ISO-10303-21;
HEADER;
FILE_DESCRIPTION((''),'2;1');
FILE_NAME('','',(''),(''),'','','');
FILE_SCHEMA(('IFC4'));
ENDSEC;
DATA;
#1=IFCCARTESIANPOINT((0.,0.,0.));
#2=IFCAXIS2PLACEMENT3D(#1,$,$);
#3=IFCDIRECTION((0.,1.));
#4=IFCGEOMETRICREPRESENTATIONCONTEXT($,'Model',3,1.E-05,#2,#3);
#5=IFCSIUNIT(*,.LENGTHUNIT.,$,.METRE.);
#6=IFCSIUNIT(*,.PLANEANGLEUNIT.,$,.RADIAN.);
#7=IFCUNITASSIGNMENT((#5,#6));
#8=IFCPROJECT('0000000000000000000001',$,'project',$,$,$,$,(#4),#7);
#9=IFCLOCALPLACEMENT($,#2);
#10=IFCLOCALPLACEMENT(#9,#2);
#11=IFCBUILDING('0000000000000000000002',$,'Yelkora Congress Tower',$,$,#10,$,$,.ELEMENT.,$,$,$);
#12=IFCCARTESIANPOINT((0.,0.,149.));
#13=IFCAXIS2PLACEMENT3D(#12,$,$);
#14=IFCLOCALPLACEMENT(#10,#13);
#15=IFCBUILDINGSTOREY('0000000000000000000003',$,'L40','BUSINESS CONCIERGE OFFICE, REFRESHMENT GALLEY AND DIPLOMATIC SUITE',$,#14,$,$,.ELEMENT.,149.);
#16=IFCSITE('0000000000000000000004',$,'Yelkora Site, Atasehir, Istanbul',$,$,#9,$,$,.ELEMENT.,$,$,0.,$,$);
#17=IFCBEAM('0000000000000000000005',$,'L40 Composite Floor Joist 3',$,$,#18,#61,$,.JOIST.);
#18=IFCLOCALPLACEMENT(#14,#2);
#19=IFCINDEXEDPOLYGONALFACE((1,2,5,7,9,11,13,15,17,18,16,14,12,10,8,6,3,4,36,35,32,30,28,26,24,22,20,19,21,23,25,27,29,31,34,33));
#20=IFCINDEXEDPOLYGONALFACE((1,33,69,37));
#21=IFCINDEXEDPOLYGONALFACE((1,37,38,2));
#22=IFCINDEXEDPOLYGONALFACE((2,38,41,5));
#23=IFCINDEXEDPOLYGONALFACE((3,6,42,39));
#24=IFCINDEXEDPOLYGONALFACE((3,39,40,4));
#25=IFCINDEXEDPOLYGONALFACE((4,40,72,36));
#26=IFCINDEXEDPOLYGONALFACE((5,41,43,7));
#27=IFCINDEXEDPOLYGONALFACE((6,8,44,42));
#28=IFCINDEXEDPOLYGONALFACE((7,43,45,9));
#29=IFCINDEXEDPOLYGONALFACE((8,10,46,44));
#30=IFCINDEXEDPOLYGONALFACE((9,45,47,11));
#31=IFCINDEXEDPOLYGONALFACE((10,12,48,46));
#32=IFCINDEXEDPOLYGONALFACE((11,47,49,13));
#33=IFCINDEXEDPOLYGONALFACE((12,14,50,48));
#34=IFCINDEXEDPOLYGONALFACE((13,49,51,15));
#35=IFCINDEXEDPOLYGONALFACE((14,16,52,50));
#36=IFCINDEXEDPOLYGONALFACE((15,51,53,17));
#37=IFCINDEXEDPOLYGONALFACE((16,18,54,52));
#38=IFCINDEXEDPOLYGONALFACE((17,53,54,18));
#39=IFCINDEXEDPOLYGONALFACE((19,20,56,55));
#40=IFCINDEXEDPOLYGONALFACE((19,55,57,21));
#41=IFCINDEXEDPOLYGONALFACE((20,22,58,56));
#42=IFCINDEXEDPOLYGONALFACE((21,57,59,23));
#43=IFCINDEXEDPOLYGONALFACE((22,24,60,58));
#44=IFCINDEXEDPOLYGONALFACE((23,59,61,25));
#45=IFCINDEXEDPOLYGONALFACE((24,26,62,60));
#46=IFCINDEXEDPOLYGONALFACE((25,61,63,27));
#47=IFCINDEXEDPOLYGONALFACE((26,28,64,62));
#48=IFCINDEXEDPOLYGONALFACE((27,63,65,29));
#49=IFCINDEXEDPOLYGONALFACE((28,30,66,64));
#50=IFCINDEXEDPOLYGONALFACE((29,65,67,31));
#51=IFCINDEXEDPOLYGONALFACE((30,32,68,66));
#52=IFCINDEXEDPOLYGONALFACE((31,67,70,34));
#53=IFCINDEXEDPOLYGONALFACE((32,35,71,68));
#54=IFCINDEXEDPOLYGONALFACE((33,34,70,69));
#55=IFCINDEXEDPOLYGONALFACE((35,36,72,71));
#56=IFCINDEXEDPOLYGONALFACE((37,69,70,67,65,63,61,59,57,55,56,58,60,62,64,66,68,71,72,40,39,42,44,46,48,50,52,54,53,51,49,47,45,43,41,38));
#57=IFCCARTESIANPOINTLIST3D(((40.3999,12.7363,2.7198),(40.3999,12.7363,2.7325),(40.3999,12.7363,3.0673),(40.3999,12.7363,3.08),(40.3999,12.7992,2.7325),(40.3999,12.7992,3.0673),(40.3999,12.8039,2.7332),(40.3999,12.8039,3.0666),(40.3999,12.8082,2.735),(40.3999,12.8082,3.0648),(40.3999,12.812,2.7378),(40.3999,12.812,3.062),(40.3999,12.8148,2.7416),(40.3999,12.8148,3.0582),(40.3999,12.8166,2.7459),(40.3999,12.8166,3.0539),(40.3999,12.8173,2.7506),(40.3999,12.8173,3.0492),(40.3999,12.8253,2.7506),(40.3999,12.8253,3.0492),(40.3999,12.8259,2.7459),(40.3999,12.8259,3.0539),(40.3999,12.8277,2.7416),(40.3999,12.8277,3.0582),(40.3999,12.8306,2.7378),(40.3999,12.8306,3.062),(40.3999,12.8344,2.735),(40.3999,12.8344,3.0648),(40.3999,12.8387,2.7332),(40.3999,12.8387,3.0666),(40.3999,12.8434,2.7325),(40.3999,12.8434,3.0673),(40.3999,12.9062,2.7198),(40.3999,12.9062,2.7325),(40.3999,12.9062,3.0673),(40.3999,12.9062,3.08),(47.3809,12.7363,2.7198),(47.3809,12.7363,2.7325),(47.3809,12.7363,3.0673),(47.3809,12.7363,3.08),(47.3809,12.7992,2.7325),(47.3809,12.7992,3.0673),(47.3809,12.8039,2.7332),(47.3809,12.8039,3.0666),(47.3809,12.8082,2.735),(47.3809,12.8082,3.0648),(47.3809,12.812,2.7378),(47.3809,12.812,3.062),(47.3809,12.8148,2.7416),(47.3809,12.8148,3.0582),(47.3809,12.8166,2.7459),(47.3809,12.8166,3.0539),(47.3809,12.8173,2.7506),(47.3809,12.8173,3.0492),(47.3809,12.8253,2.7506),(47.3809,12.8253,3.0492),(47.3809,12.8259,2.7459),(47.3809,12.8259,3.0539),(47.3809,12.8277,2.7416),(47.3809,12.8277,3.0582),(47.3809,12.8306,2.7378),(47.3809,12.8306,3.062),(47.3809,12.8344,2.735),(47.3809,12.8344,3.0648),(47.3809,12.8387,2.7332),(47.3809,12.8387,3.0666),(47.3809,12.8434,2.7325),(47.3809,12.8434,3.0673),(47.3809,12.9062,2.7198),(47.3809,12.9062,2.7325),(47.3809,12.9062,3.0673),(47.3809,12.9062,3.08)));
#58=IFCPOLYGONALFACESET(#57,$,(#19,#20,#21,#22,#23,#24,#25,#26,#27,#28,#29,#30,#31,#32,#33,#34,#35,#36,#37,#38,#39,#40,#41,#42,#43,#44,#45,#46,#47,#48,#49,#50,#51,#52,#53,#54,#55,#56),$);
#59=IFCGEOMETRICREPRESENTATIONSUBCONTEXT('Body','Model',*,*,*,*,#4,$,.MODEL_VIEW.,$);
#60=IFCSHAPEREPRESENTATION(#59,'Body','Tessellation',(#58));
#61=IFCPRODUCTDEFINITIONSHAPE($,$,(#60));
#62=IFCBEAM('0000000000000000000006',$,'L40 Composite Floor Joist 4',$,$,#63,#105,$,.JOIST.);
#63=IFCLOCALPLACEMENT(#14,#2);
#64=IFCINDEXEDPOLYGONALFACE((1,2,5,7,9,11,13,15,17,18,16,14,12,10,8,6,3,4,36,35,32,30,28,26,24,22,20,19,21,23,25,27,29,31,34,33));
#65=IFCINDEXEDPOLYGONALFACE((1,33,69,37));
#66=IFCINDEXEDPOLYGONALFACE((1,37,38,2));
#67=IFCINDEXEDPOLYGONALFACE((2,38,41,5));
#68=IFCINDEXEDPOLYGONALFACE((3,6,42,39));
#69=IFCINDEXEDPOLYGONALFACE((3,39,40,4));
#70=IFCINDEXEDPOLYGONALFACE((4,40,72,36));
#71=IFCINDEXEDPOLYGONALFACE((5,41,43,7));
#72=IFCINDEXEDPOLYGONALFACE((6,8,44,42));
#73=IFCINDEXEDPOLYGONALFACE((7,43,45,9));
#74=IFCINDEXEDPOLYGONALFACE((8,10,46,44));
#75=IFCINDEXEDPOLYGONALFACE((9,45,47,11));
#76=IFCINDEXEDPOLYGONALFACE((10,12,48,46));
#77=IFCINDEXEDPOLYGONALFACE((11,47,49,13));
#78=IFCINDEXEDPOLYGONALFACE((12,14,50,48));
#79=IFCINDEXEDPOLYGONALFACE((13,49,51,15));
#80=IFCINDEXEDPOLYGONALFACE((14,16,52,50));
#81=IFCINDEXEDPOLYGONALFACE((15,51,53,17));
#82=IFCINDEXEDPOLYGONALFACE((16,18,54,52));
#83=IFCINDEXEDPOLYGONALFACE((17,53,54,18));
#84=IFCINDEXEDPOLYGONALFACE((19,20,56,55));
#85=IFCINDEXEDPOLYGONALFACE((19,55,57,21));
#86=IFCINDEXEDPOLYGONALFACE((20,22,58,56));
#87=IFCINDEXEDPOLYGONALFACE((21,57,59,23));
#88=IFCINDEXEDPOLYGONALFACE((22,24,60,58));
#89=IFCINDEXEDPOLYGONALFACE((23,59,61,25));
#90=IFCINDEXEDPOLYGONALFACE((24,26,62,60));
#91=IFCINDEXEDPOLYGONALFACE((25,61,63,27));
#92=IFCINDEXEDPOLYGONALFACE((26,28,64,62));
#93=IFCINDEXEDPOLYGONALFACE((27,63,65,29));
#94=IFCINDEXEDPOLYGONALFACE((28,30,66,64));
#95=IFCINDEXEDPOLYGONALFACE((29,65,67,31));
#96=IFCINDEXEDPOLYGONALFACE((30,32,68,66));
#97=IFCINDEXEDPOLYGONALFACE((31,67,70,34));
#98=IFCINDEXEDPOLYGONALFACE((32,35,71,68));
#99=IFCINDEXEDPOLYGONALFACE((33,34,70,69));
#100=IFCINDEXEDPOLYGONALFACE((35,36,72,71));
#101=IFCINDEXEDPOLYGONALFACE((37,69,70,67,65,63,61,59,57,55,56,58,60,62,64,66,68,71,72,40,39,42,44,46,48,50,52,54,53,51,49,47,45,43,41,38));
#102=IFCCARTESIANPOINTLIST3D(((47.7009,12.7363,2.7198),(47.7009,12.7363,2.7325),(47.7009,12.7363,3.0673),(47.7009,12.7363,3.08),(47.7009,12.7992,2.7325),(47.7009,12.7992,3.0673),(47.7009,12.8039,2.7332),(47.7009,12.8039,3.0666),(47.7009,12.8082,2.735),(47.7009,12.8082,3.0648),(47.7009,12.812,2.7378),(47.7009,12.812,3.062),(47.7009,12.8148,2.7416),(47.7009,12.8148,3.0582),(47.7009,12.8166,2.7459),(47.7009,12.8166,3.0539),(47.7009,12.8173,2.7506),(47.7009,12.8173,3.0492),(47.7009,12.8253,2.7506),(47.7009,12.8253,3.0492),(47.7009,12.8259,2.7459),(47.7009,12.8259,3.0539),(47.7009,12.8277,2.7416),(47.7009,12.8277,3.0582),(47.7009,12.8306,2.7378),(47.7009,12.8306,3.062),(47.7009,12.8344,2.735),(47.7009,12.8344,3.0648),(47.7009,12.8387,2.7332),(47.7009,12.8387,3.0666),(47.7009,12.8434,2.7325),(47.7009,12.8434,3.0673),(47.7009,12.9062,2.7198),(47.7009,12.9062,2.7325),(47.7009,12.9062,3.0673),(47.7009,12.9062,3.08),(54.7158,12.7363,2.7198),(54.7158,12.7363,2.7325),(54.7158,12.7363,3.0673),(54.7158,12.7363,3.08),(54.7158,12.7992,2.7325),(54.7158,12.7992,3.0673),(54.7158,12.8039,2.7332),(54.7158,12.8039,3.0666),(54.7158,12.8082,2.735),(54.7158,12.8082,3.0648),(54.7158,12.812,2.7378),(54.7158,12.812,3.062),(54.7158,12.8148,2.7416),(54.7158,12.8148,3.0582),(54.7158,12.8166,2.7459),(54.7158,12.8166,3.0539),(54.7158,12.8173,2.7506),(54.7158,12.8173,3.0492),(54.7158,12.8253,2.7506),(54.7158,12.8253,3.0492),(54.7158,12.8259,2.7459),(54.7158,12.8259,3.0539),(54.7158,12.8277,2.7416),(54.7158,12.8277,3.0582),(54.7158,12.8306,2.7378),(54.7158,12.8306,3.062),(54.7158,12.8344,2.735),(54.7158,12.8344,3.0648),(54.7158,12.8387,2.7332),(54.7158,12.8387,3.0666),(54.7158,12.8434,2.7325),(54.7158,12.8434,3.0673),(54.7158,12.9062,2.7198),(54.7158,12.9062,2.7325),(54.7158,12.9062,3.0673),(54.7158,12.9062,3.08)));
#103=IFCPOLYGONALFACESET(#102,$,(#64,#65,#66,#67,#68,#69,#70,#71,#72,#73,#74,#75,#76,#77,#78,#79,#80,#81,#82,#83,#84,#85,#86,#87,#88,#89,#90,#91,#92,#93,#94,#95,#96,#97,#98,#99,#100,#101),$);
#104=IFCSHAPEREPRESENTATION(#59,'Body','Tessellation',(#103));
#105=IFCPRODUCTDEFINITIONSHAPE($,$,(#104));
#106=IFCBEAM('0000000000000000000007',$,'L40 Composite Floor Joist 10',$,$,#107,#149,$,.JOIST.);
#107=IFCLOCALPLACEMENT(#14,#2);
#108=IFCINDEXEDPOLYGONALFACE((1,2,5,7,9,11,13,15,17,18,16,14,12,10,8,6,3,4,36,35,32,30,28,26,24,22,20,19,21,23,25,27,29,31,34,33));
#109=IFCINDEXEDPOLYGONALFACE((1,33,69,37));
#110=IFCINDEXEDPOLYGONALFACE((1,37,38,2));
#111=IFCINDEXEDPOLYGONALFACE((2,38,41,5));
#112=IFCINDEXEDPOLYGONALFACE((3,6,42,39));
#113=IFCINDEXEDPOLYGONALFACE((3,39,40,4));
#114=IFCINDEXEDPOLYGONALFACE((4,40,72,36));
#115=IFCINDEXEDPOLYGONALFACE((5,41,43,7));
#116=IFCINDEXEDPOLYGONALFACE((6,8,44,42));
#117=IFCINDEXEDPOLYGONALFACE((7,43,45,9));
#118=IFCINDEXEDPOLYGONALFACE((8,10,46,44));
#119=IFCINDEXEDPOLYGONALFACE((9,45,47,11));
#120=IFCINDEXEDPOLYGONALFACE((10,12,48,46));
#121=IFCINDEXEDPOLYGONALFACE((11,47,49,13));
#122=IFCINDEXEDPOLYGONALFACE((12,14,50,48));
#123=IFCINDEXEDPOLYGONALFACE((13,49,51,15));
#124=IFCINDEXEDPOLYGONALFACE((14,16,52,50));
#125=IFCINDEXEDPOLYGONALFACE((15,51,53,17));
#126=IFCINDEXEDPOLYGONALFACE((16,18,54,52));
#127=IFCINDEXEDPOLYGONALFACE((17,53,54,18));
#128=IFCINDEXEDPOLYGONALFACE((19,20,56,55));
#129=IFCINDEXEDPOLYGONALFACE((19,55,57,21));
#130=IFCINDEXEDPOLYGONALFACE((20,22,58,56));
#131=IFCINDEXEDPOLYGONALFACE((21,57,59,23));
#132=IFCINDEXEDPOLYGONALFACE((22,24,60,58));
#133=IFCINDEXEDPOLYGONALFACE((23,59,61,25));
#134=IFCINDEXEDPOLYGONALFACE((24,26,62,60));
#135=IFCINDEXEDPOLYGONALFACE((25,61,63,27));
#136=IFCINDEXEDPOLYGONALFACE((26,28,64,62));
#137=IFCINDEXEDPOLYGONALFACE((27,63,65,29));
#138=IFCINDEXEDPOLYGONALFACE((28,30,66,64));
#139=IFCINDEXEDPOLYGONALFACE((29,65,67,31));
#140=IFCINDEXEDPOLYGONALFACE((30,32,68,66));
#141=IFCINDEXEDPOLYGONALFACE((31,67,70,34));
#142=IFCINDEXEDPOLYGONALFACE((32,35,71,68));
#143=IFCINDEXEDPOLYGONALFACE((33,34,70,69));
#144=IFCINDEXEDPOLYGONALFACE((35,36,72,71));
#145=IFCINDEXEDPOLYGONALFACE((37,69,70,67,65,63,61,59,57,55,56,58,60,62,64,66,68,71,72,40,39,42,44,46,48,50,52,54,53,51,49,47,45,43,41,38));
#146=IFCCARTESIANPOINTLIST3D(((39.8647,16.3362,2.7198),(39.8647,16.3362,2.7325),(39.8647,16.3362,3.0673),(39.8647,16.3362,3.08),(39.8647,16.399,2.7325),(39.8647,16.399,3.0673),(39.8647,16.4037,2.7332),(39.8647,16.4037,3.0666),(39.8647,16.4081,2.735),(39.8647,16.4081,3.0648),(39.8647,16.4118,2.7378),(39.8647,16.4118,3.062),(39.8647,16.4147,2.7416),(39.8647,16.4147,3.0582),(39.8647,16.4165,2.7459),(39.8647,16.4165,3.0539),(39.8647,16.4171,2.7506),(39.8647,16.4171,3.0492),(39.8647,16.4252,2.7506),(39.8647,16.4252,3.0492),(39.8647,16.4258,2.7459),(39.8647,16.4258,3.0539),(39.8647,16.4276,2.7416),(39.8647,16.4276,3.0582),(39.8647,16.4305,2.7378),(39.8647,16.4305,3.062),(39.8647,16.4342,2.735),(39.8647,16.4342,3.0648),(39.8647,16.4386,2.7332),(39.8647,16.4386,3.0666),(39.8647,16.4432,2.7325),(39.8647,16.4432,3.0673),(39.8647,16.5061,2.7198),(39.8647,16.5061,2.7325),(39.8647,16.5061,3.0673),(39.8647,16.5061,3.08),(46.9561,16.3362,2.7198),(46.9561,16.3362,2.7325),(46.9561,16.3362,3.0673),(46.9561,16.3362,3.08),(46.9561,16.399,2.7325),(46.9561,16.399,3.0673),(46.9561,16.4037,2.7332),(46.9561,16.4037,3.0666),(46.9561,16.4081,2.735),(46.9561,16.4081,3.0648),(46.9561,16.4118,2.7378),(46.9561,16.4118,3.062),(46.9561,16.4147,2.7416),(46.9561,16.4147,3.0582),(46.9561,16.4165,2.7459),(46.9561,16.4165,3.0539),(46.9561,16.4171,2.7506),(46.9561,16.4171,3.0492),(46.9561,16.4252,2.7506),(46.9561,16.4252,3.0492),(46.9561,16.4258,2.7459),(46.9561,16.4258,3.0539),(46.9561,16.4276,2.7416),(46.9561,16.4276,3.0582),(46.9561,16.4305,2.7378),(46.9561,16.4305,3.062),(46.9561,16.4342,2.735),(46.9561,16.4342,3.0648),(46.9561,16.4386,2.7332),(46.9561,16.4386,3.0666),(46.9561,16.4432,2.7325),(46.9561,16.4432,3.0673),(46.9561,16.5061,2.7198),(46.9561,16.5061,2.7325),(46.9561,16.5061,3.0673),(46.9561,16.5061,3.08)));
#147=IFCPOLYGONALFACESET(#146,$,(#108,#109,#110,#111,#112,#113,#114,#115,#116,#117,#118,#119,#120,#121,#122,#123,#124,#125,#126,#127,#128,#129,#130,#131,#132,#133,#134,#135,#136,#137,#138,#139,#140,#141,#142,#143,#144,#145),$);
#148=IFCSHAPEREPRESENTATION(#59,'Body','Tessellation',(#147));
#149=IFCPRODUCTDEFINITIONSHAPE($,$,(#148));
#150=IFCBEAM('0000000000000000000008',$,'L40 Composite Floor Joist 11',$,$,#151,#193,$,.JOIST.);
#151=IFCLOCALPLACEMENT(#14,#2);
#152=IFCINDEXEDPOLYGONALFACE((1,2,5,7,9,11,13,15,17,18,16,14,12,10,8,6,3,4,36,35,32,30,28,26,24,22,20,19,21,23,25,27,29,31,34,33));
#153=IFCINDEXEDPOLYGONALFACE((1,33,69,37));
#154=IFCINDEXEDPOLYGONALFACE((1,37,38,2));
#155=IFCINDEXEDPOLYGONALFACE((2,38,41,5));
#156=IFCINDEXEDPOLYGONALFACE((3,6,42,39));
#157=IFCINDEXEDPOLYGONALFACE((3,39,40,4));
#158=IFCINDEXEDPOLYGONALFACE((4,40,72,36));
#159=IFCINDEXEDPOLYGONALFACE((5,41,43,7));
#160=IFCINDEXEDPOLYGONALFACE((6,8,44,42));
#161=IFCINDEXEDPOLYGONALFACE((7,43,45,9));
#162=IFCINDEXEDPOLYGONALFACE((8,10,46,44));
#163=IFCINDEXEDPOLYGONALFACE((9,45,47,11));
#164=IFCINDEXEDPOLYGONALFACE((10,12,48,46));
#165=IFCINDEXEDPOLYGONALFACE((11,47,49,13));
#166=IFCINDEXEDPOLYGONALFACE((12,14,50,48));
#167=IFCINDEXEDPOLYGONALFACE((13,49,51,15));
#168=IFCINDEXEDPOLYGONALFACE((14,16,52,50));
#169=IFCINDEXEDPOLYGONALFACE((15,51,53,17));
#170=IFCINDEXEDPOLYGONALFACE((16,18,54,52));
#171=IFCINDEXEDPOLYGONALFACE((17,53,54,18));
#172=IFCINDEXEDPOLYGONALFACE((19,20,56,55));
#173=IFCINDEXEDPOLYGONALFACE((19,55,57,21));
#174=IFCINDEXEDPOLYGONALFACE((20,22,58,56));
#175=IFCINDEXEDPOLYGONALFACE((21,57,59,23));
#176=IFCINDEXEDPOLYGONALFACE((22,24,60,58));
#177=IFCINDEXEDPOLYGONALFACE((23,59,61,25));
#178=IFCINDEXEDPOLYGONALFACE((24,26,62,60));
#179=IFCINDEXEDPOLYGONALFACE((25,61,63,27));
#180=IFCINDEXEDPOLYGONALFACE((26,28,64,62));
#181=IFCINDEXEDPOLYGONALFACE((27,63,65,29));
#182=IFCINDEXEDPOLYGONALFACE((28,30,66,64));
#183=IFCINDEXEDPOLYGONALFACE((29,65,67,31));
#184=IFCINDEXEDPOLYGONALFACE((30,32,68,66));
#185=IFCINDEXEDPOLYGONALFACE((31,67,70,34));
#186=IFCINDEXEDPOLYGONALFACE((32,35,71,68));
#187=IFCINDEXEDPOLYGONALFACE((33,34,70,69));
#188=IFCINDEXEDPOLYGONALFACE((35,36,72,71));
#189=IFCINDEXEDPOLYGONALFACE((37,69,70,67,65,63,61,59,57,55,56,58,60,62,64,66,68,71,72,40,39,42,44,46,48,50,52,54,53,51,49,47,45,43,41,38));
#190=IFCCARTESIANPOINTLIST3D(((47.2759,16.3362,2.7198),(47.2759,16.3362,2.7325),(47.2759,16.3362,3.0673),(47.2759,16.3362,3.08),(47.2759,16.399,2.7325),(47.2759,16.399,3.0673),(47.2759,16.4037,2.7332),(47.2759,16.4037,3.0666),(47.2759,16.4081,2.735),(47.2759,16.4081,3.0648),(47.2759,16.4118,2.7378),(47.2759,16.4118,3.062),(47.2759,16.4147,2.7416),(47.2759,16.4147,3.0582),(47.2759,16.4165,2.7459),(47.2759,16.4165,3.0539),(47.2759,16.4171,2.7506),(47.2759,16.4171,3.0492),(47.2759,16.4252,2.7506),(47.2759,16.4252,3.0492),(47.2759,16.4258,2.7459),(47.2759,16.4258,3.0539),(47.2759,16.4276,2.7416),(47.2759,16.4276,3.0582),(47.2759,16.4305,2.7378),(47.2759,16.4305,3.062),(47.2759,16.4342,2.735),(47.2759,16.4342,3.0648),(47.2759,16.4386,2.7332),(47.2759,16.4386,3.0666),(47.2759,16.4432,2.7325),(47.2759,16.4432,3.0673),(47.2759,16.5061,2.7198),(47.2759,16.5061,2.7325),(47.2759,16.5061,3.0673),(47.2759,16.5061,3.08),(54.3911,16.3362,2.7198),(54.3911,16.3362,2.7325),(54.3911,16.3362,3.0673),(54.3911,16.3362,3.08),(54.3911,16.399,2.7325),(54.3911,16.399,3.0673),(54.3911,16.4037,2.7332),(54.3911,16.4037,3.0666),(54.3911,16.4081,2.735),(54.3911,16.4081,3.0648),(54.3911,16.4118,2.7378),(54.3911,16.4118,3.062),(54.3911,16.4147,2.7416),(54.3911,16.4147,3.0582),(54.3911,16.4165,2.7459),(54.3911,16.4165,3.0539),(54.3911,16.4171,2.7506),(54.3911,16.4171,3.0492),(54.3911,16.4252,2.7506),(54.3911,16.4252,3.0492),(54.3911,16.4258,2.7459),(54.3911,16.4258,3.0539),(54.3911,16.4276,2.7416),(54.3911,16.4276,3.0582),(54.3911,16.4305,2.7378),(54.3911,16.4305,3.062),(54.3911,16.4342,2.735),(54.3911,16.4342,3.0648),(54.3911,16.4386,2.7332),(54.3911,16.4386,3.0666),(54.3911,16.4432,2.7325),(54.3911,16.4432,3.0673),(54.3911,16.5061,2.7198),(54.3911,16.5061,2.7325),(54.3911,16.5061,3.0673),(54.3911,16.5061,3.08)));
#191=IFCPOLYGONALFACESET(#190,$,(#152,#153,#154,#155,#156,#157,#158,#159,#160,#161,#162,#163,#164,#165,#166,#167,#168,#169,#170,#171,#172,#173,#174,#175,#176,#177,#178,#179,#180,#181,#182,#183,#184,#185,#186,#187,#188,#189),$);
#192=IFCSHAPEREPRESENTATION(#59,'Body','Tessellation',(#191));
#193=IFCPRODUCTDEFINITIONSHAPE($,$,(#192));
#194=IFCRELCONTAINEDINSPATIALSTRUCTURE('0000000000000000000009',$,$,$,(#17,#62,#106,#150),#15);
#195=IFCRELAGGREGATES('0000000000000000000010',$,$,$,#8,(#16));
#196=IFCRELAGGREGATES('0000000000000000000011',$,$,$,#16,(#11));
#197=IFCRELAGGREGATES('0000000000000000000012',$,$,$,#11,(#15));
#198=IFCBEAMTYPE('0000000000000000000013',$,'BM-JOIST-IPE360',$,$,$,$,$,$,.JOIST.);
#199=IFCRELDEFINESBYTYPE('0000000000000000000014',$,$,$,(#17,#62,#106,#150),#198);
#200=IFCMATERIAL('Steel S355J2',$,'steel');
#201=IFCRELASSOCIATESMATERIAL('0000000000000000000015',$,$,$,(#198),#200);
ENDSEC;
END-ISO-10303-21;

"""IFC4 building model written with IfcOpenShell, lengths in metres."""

from ifc_helpers import new_model, si_unit, direction, frame, origin, origin_2d, place, context, subcontext, project, spatial, i_section, extrude, material, material_profile, profile_set, type_object, element, save


model = new_model("IFC4")

# Units and contexts
model_context = context("Model", 3, precision=1e-05, world=origin(), true_north=direction((0.0, 1.0)))
body_context = subcontext(model_context, "Body", "Model", "MODEL_VIEW")
ifc_project = project(units=[si_unit("LENGTHUNIT", "METRE"), si_unit("PLANEANGLEUNIT", "RADIAN")], contexts=[model_context])

# Site, building, storey
site_placement = place(None, origin())
site = spatial("IfcSite", under=ifc_project, at=site_placement, Name="Yelkora Site, Atasehir, Istanbul", CompositionType="ELEMENT", RefElevation=0.0)
building_placement = place(site_placement, origin())
building = spatial("IfcBuilding", under=site, at=building_placement, Name="Yelkora Congress Tower", CompositionType="ELEMENT")
storey_placement = place(building_placement, frame((0.0, 0.0, 149.0)))
storey = spatial("IfcBuildingStorey", under=building, at=storey_placement, Name="L40", Description="BUSINESS CONCIERGE OFFICE, REFRESHMENT GALLEY AND DIPLOMATIC SUITE", CompositionType="ELEMENT", Elevation=149.0)

# Beams
ifc_material_1 = material(Name="Steel S355J2", Category="steel")
ifc_material_profile_1 = material_profile(ifc_material_1, i_section(OverallWidth=0.1699, OverallDepth=0.3601, WebThickness=0.0081, FlangeThickness=0.0127, FilletRadius=0.0181, at=origin_2d()), Name="IPE 360")
ifc_profile_set_1 = profile_set([ifc_material_profile_1], Name="Steel S355J2")
beam_type_1 = type_object("IfcBeamType", Name="BM-JOIST-IPE360", PredefinedType="JOIST", material=ifc_profile_set_1)
beam_1_placement = place(storey_placement, frame((40.3999, 12.8213, 2.8999), z_axis=(1.0, 0.0, 0.0), x_axis=(0.0, 1.0, 0.0)))
element("IfcBeam", 1, at=beam_1_placement, inside=storey, type_object=beam_type_1, Name="L40 Composite Floor Joist 3", PredefinedType="JOIST", context=body_context, shape_type="SweptSolid", body=[
    extrude(i_section(OverallWidth=0.1699, OverallDepth=0.3601, WebThickness=0.0081, FlangeThickness=0.0127, FilletRadius=0.0181, at=origin_2d()), origin(), (0.0, 0.0, 1.0), 6.981),
])
beam_2_placement = place(storey_placement, frame((47.7009, 12.8213, 2.8999), z_axis=(1.0, 0.0, 0.0), x_axis=(0.0, 1.0, 0.0)))
element("IfcBeam", 2, at=beam_2_placement, inside=storey, type_object=beam_type_1, Name="L40 Composite Floor Joist 4", PredefinedType="JOIST", context=body_context, shape_type="SweptSolid", body=[
    extrude(i_section(OverallWidth=0.1699, OverallDepth=0.3601, WebThickness=0.0081, FlangeThickness=0.0127, FilletRadius=0.0181, at=origin_2d()), origin(), (0.0, 0.0, 1.0), 7.0149),
])
beam_3_placement = place(storey_placement, frame((39.8647, 16.4211, 2.8999), z_axis=(1.0, 0.0, 0.0), x_axis=(0.0, 1.0, 0.0)))
element("IfcBeam", 3, at=beam_3_placement, inside=storey, type_object=beam_type_1, Name="L40 Composite Floor Joist 10", PredefinedType="JOIST", context=body_context, shape_type="SweptSolid", body=[
    extrude(i_section(OverallWidth=0.1699, OverallDepth=0.3601, WebThickness=0.0081, FlangeThickness=0.0127, FilletRadius=0.0181, at=origin_2d()), origin(), (0.0, 0.0, 1.0), 7.0913),
])
beam_4_placement = place(storey_placement, frame((47.2759, 16.4211, 2.8999), z_axis=(1.0, 0.0, 0.0), x_axis=(0.0, 1.0, 0.0)))
element("IfcBeam", 4, at=beam_4_placement, inside=storey, type_object=beam_type_1, Name="L40 Composite Floor Joist 11", PredefinedType="JOIST", context=body_context, shape_type="SweptSolid", body=[
    extrude(i_section(OverallWidth=0.1699, OverallDepth=0.3601, WebThickness=0.0081, FlangeThickness=0.0127, FilletRadius=0.0181, at=origin_2d()), origin(), (0.0, 0.0, 1.0), 7.1152),
])

save(model, "model.ifc")
